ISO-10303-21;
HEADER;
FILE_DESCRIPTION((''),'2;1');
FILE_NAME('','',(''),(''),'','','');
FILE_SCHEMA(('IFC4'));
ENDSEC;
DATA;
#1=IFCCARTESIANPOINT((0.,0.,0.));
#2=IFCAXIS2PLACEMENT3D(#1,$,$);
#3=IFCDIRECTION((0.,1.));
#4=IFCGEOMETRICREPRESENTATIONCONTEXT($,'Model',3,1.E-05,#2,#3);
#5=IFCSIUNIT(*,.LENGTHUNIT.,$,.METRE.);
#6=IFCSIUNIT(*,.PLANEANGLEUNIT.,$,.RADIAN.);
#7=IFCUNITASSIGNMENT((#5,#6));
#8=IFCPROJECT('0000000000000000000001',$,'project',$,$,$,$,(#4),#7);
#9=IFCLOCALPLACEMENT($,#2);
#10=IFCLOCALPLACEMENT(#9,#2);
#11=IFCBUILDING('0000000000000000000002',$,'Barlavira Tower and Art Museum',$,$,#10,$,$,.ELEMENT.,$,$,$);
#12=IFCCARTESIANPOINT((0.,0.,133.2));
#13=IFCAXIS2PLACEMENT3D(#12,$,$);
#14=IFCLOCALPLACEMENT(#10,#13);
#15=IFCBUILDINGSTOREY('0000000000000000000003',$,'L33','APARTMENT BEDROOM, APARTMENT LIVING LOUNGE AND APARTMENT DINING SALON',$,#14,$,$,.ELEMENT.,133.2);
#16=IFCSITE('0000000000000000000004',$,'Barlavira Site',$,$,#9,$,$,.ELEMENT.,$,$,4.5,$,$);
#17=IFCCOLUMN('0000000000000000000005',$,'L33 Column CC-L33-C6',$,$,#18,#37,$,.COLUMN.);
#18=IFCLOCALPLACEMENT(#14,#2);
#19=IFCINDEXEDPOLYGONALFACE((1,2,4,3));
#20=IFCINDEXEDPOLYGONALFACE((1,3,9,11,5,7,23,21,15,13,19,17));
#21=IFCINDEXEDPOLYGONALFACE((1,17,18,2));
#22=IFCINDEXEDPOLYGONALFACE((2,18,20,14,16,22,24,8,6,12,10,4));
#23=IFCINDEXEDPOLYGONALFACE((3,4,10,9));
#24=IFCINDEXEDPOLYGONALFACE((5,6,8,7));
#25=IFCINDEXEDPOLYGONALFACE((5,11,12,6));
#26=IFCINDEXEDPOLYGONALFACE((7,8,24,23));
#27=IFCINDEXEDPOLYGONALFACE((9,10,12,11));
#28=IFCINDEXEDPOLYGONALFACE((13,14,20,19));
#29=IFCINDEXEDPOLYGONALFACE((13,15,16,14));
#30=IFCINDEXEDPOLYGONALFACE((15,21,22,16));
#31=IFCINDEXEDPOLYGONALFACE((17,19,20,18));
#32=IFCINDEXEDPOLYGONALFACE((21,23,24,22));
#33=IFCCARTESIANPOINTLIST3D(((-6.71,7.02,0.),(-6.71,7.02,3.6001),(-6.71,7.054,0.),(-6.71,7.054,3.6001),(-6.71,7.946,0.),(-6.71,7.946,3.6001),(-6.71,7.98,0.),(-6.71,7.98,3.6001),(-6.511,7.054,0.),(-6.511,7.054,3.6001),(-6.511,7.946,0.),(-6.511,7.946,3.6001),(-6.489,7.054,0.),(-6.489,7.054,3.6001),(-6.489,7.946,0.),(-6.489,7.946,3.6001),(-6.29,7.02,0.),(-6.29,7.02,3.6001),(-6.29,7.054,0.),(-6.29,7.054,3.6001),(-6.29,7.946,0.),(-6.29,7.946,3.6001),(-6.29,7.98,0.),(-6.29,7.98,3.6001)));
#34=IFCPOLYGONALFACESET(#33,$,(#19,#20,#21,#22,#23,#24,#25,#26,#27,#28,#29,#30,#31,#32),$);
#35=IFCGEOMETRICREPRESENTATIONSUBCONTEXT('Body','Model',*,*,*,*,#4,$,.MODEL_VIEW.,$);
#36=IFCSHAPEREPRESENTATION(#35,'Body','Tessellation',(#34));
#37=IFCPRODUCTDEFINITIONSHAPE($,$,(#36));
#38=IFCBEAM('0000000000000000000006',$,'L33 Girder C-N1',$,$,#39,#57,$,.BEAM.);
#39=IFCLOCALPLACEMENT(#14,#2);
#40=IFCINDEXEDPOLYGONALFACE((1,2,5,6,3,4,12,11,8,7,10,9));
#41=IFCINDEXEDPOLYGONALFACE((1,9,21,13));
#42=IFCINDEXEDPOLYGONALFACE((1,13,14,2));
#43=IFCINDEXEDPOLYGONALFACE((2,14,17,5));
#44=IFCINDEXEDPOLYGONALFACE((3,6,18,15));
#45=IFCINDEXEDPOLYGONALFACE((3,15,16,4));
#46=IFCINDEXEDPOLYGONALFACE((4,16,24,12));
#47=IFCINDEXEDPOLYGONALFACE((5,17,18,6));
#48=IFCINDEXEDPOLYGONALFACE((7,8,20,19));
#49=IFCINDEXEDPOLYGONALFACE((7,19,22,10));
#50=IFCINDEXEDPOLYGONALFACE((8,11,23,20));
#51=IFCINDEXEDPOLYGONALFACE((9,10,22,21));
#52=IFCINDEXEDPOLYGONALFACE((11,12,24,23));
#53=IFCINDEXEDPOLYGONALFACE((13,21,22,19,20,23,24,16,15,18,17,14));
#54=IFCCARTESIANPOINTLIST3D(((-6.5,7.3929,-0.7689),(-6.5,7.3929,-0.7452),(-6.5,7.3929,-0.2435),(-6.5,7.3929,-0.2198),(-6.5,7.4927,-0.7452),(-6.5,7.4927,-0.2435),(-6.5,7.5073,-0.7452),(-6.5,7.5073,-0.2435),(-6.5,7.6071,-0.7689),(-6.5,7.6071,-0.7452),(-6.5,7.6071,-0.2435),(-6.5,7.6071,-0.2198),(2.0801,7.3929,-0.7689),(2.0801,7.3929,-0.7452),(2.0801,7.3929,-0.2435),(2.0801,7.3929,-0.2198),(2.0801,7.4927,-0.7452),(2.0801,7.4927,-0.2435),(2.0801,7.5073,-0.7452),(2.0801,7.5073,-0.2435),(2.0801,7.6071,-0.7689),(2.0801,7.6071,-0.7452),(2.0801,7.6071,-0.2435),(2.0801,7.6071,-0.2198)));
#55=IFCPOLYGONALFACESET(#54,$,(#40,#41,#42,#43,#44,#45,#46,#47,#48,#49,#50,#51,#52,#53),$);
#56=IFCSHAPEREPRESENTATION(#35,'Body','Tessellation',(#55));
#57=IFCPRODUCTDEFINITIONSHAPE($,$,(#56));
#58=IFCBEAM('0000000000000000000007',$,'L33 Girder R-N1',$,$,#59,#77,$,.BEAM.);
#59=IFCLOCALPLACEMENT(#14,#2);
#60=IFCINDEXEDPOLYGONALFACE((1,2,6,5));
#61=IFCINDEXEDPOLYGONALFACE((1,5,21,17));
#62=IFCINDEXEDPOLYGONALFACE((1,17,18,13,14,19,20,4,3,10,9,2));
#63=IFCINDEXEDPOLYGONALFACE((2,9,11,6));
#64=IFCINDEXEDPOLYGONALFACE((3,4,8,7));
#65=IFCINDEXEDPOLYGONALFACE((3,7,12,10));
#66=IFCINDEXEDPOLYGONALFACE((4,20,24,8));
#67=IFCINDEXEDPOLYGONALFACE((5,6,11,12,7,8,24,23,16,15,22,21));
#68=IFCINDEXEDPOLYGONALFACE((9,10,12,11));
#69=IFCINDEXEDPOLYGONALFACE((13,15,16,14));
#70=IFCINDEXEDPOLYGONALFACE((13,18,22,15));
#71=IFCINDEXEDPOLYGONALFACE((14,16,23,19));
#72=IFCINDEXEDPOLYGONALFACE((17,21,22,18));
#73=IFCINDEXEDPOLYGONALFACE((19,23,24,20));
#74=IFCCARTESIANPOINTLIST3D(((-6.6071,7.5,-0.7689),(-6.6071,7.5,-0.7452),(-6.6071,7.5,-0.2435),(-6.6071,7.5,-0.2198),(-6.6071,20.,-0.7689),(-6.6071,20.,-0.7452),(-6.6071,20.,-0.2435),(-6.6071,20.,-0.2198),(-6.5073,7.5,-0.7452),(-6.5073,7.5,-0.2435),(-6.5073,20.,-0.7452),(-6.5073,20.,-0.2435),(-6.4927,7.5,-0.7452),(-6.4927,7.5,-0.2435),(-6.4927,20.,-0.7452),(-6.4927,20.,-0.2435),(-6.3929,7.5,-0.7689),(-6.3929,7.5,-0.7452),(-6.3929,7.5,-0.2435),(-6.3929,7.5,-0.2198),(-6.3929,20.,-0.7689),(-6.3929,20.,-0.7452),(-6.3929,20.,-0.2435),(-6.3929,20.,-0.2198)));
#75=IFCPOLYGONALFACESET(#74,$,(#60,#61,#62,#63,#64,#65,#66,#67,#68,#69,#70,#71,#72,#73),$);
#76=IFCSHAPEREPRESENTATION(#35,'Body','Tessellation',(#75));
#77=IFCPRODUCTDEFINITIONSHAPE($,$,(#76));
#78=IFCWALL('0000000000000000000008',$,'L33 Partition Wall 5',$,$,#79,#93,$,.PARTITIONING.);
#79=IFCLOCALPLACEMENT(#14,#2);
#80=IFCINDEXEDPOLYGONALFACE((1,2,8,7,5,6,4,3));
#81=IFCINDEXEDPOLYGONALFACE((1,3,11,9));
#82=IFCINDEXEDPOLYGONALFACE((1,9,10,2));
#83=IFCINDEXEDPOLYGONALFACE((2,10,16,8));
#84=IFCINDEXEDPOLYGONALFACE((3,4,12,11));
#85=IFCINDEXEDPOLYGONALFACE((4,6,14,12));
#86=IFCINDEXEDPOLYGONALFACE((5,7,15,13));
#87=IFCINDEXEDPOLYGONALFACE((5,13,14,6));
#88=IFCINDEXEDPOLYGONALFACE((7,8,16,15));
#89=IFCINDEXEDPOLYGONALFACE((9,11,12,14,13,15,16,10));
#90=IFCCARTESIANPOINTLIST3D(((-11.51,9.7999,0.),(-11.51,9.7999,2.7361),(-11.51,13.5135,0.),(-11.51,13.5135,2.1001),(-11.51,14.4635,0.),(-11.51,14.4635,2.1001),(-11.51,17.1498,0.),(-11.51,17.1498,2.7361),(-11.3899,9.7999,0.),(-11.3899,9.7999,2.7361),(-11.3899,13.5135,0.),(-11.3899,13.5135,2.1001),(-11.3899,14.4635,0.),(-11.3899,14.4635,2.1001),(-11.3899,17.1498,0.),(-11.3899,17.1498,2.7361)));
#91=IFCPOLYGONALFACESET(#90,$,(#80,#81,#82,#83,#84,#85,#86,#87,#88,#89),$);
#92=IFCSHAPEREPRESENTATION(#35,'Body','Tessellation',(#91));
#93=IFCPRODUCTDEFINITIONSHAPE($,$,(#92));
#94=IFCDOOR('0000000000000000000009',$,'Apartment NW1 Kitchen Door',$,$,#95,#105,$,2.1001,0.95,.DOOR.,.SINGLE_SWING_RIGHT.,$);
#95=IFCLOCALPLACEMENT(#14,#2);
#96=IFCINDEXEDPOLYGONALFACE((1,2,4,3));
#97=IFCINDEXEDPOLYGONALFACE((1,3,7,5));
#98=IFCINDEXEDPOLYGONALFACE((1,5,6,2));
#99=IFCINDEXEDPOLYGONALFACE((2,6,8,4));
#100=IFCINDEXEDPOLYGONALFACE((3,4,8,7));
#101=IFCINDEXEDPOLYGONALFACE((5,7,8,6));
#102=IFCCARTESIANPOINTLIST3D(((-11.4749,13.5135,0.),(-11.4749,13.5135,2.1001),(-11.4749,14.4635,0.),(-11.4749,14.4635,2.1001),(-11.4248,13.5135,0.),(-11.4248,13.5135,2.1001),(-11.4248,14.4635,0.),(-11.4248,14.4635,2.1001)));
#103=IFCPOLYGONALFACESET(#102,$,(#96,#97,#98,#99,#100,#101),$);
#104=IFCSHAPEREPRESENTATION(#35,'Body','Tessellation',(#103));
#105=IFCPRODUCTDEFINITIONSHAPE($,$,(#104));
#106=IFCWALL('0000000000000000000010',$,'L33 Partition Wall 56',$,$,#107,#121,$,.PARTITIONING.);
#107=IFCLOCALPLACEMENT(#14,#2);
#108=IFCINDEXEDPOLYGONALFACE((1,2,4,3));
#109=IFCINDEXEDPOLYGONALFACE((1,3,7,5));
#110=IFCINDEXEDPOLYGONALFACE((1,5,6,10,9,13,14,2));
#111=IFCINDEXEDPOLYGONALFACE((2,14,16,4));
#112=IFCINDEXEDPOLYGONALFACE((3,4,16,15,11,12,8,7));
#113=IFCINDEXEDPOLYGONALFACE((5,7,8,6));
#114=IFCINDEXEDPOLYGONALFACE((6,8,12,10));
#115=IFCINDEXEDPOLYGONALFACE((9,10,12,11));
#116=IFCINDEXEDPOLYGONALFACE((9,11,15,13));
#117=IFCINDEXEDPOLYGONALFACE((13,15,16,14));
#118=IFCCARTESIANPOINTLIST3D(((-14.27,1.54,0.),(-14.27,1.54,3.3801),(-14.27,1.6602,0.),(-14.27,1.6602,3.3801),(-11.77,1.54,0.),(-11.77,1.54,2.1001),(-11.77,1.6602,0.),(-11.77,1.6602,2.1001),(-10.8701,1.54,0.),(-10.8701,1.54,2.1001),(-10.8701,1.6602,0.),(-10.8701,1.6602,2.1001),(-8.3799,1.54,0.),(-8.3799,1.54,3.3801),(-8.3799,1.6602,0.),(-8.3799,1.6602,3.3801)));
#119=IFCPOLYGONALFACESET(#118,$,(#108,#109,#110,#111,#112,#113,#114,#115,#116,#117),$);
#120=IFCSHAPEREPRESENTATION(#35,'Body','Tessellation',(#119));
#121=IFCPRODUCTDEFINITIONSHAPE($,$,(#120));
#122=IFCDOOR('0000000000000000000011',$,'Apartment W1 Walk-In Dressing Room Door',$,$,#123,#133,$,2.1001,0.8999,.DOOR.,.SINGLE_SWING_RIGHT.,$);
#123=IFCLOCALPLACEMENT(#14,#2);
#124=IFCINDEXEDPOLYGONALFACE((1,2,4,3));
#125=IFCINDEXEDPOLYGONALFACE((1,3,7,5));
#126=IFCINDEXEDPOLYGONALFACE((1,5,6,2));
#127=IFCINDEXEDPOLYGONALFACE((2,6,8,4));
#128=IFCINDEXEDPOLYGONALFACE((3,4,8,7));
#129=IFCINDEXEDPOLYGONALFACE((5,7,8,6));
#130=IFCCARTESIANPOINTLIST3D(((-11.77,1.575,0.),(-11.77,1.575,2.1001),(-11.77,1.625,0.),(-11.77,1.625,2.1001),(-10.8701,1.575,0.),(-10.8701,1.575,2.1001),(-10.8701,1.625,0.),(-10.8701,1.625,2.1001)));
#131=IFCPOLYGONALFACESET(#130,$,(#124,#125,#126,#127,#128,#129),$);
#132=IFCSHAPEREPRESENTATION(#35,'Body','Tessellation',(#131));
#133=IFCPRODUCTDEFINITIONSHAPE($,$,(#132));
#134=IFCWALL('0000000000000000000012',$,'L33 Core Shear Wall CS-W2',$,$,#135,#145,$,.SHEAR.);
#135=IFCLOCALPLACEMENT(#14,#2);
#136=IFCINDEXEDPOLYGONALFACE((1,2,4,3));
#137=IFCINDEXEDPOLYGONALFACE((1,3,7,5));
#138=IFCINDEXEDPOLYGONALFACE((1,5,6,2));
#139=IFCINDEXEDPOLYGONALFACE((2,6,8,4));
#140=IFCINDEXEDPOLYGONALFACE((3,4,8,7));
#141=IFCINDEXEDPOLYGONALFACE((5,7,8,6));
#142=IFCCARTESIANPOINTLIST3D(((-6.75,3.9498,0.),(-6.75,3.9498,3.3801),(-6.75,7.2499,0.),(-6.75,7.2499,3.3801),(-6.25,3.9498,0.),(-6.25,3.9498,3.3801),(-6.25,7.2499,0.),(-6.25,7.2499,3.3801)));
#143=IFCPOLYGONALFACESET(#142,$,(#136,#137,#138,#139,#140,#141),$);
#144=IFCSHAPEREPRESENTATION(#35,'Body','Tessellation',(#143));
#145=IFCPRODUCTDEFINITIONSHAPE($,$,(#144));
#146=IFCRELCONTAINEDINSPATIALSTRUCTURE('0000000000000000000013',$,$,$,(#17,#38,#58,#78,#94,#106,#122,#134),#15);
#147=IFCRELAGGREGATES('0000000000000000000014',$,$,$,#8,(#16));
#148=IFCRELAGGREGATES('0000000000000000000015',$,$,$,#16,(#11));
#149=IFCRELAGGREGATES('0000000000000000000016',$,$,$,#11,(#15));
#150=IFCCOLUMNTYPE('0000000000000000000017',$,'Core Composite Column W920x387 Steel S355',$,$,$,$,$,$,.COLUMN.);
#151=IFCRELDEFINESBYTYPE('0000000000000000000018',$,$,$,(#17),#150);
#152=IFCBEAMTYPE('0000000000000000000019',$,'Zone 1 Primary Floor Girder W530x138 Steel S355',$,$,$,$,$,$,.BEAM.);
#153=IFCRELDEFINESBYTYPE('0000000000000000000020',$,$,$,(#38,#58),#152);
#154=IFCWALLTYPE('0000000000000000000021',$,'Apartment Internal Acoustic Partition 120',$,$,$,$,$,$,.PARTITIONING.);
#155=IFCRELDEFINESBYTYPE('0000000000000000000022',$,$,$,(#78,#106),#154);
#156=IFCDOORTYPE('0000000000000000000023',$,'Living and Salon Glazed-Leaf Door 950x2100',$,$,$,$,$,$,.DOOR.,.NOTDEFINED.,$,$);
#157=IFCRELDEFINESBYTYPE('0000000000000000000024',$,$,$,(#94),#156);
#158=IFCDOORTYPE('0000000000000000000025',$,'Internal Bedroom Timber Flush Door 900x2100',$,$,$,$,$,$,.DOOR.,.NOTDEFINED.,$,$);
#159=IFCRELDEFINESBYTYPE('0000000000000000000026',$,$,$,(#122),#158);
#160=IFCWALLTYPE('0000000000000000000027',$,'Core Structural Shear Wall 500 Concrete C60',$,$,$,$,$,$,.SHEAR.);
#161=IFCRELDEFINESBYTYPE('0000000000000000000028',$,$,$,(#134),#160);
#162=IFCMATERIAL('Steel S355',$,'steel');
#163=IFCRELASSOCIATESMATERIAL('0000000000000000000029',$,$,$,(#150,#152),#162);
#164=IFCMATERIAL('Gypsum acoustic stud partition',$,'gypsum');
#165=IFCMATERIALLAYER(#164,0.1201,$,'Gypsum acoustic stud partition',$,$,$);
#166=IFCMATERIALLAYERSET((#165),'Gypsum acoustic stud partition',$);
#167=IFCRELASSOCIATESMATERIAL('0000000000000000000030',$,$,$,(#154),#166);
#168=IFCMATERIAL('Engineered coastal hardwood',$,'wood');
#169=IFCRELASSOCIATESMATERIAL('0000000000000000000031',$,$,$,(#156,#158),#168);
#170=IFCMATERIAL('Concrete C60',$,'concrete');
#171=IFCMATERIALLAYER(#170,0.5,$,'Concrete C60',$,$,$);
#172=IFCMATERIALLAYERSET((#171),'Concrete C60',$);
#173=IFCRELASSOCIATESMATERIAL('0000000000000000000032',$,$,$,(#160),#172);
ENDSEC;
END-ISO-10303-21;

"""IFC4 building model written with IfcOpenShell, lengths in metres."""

from ifc_helpers import new_model, si_unit, direction, frame, frame_2d, origin, origin_2d, place, context, subcontext, project, spatial, rectangle, i_section, extrude, material, layer, layer_set, material_profile, profile_set, type_object, element, fill, save


model = new_model("IFC4")

# Units and contexts
model_context = context("Model", 3, precision=1e-05, world=origin(), true_north=direction((0.0, 1.0)))
body_context = subcontext(model_context, "Body", "Model", "MODEL_VIEW")
ifc_project = project(units=[si_unit("LENGTHUNIT", "METRE"), si_unit("PLANEANGLEUNIT", "RADIAN")], contexts=[model_context])

# Site, building, storey
site_placement = place(None, origin())
site = spatial("IfcSite", under=ifc_project, at=site_placement, Name="Barlavira Site", CompositionType="ELEMENT", RefElevation=4.5)
building_placement = place(site_placement, origin())
building = spatial("IfcBuilding", under=site, at=building_placement, Name="Barlavira Tower and Art Museum", CompositionType="ELEMENT")
storey_placement = place(building_placement, frame((0.0, 0.0, 133.2)))
storey = spatial("IfcBuildingStorey", under=building, at=storey_placement, Name="L33", Description="APARTMENT BEDROOM, APARTMENT LIVING LOUNGE AND APARTMENT DINING SALON", CompositionType="ELEMENT", Elevation=133.2)

# Column
ifc_material_1 = material(Name="Steel S355", Category="steel")
ifc_material_profile_1 = material_profile(ifc_material_1, i_section(OverallWidth=0.4199, OverallDepth=0.96, WebThickness=0.022, FlangeThickness=0.0339, at=origin_2d()), Name="W920x387.0")
ifc_profile_set_1 = profile_set([ifc_material_profile_1], Name="Steel S355")
column_type = type_object("IfcColumnType", Name="Core Composite Column W920x387 Steel S355", PredefinedType="COLUMN", material=ifc_profile_set_1)
column_placement = place(storey_placement, frame((-6.5, 7.5, 0.0), z_axis=(0.0, 0.0, 1.0), x_axis=(1.0, 0.0, 0.0)))
element("IfcColumn", 1, at=column_placement, inside=storey, type_object=column_type, Name="L33 Column CC-L33-C6", PredefinedType="COLUMN", context=body_context, shape_type="SweptSolid", body=[
    extrude(i_section(OverallWidth=0.4199, OverallDepth=0.96, WebThickness=0.022, FlangeThickness=0.0339, at=origin_2d()), origin(), (0.0, 0.0, 1.0), 3.6001),
])

# Beams
ifc_material_profile_2 = material_profile(ifc_material_1, i_section(OverallWidth=0.2141, OverallDepth=0.5491, WebThickness=0.0146, FlangeThickness=0.0237, at=origin_2d()), Name="W530x138.0")
ifc_profile_set_2 = profile_set([ifc_material_profile_2], Name="Steel S355")
beam_type = type_object("IfcBeamType", Name="Zone 1 Primary Floor Girder W530x138 Steel S355", PredefinedType="BEAM", material=ifc_profile_set_2)
beam_1_placement = place(storey_placement, frame((-6.5, 7.5, -0.4944), z_axis=(1.0, 0.0, 0.0), x_axis=(0.0, 1.0, 0.0)))
element("IfcBeam", 2, at=beam_1_placement, inside=storey, type_object=beam_type, Name="L33 Girder C-N1", PredefinedType="BEAM", context=body_context, shape_type="SweptSolid", body=[
    extrude(i_section(OverallWidth=0.2141, OverallDepth=0.5491, WebThickness=0.0146, FlangeThickness=0.0237, at=origin_2d()), origin(), (0.0, 0.0, 1.0), 8.5801),
])
beam_2_placement = place(storey_placement, frame((-6.5, 7.5, -0.4944), z_axis=(0.0, 1.0, 0.0), x_axis=(-1.0, 0.0, 0.0)))
element("IfcBeam", 3, at=beam_2_placement, inside=storey, type_object=beam_type, Name="L33 Girder R-N1", PredefinedType="BEAM", context=body_context, shape_type="SweptSolid", body=[
    extrude(i_section(OverallWidth=0.2141, OverallDepth=0.5491, WebThickness=0.0146, FlangeThickness=0.0237, at=origin_2d()), origin(), (0.0, 0.0, 1.0), 12.5),
])

# Walls, openings, doors
ifc_material_2 = material(Name="Gypsum acoustic stud partition", Category="gypsum")
ifc_layer_1 = layer(ifc_material_2, 0.1201, Name="Gypsum acoustic stud partition")
ifc_layer_set_1 = layer_set([ifc_layer_1], Name="Gypsum acoustic stud partition")
wall_type_1 = type_object("IfcWallType", Name="Apartment Internal Acoustic Partition 120", PredefinedType="PARTITIONING", material=ifc_layer_set_1)
wall_1_placement = place(storey_placement, frame((-11.45, 9.8, 0.0), z_axis=(0.0, 0.0, 1.0), x_axis=(0.0, 1.0, 0.0)))
wall_1 = element("IfcWall", 4, at=wall_1_placement, inside=storey, type_object=wall_type_1, Name="L33 Partition Wall 5", PredefinedType="PARTITIONING", context=body_context, shape_type="SweptSolid", body=[
    extrude(rectangle(XDim=7.3499, YDim=0.1201, at=frame_2d((3.6748, 0.0))), origin(), (0.0, 0.0, 1.0), 2.7361),
])
opening_1_placement = place(wall_1_placement, frame((3.7134, 0.0, 0.0)))
opening_1 = element("IfcOpeningElement", 5, at=opening_1_placement, cuts=wall_1, PredefinedType="OPENING", context=body_context, shape_type="SweptSolid", body=[
    extrude(rectangle(XDim=0.95, YDim=2.1001, at=frame_2d((0.4751, 1.05))), frame((0.0, 0.0701, 0.0), z_axis=(0.0, -1.0, 0.0), x_axis=(1.0, 0.0, 0.0)), (0.0, 0.0, 1.0), 0.1401),
])
ifc_material_3 = material(Name="Engineered coastal hardwood", Category="wood")
door_type_1 = type_object("IfcDoorType", Name="Living and Salon Glazed-Leaf Door 950x2100", OperationType="NOTDEFINED", PredefinedType="DOOR", material=ifc_material_3)
door_1_placement = place(opening_1_placement, origin())
door_1 = element("IfcDoor", 6, at=door_1_placement, inside=storey, type_object=door_type_1, Name="Apartment NW1 Kitchen Door", OperationType="SINGLE_SWING_RIGHT", OverallHeight=2.1001, OverallWidth=0.95, PredefinedType="DOOR", context=body_context, shape_type="SweptSolid", body=[
    extrude(rectangle(XDim=0.95, YDim=2.1001, at=frame_2d((0.4751, 1.05))), frame((0.0, 0.0249, 0.0), z_axis=(0.0, -1.0, 0.0), x_axis=(1.0, 0.0, 0.0)), (0.0, 0.0, 1.0), 0.05),
])
fill(opening_1, door_1)
wall_2_placement = place(storey_placement, frame((-14.27, 1.6001, 0.0), z_axis=(0.0, 0.0, 1.0), x_axis=(1.0, 0.0, 0.0)))
wall_2 = element("IfcWall", 7, at=wall_2_placement, inside=storey, type_object=wall_type_1, Name="L33 Partition Wall 56", PredefinedType="PARTITIONING", context=body_context, shape_type="SweptSolid", body=[
    extrude(rectangle(XDim=5.8901, YDim=0.1201, at=frame_2d((2.9451, 0.0))), origin(), (0.0, 0.0, 1.0), 3.3801),
])
opening_2_placement = place(wall_2_placement, frame((2.5, 0.0, 0.0)))
opening_2 = element("IfcOpeningElement", 8, at=opening_2_placement, cuts=wall_2, PredefinedType="OPENING", context=body_context, shape_type="SweptSolid", body=[
    extrude(rectangle(XDim=0.8999, YDim=2.1001, at=frame_2d((0.45, 1.05))), frame((0.0, 0.0701, 0.0), z_axis=(0.0, -1.0, 0.0), x_axis=(1.0, 0.0, 0.0)), (0.0, 0.0, 1.0), 0.1401),
])
door_type_2 = type_object("IfcDoorType", Name="Internal Bedroom Timber Flush Door 900x2100", OperationType="NOTDEFINED", PredefinedType="DOOR", material=ifc_material_3)
door_2_placement = place(opening_2_placement, origin())
door_2 = element("IfcDoor", 9, at=door_2_placement, inside=storey, type_object=door_type_2, Name="Apartment W1 Walk-In Dressing Room Door", OperationType="SINGLE_SWING_RIGHT", OverallHeight=2.1001, OverallWidth=0.8999, PredefinedType="DOOR", context=body_context, shape_type="SweptSolid", body=[
    extrude(rectangle(XDim=0.8999, YDim=2.1001, at=frame_2d((0.45, 1.05))), frame((0.0, 0.0249, 0.0), z_axis=(0.0, -1.0, 0.0), x_axis=(1.0, 0.0, 0.0)), (0.0, 0.0, 1.0), 0.05),
])
fill(opening_2, door_2)
ifc_material_4 = material(Name="Concrete C60", Category="concrete")
ifc_layer_2 = layer(ifc_material_4, 0.5, Name="Concrete C60")
ifc_layer_set_2 = layer_set([ifc_layer_2], Name="Concrete C60")
wall_type_2 = type_object("IfcWallType", Name="Core Structural Shear Wall 500 Concrete C60", PredefinedType="SHEAR", material=ifc_layer_set_2)

# Wall
wall_3_placement = place(storey_placement, frame((-6.5, 3.95, 0.0), z_axis=(0.0, 0.0, 1.0), x_axis=(0.0, 1.0, 0.0)))
element("IfcWall", 10, at=wall_3_placement, inside=storey, type_object=wall_type_2, Name="L33 Core Shear Wall CS-W2", PredefinedType="SHEAR", context=body_context, shape_type="SweptSolid", body=[
    extrude(rectangle(XDim=3.3, YDim=0.5, at=frame_2d((1.6499, 0.0))), origin(), (0.0, 0.0, 1.0), 3.3801),
])

save(model, "model.ifc")
